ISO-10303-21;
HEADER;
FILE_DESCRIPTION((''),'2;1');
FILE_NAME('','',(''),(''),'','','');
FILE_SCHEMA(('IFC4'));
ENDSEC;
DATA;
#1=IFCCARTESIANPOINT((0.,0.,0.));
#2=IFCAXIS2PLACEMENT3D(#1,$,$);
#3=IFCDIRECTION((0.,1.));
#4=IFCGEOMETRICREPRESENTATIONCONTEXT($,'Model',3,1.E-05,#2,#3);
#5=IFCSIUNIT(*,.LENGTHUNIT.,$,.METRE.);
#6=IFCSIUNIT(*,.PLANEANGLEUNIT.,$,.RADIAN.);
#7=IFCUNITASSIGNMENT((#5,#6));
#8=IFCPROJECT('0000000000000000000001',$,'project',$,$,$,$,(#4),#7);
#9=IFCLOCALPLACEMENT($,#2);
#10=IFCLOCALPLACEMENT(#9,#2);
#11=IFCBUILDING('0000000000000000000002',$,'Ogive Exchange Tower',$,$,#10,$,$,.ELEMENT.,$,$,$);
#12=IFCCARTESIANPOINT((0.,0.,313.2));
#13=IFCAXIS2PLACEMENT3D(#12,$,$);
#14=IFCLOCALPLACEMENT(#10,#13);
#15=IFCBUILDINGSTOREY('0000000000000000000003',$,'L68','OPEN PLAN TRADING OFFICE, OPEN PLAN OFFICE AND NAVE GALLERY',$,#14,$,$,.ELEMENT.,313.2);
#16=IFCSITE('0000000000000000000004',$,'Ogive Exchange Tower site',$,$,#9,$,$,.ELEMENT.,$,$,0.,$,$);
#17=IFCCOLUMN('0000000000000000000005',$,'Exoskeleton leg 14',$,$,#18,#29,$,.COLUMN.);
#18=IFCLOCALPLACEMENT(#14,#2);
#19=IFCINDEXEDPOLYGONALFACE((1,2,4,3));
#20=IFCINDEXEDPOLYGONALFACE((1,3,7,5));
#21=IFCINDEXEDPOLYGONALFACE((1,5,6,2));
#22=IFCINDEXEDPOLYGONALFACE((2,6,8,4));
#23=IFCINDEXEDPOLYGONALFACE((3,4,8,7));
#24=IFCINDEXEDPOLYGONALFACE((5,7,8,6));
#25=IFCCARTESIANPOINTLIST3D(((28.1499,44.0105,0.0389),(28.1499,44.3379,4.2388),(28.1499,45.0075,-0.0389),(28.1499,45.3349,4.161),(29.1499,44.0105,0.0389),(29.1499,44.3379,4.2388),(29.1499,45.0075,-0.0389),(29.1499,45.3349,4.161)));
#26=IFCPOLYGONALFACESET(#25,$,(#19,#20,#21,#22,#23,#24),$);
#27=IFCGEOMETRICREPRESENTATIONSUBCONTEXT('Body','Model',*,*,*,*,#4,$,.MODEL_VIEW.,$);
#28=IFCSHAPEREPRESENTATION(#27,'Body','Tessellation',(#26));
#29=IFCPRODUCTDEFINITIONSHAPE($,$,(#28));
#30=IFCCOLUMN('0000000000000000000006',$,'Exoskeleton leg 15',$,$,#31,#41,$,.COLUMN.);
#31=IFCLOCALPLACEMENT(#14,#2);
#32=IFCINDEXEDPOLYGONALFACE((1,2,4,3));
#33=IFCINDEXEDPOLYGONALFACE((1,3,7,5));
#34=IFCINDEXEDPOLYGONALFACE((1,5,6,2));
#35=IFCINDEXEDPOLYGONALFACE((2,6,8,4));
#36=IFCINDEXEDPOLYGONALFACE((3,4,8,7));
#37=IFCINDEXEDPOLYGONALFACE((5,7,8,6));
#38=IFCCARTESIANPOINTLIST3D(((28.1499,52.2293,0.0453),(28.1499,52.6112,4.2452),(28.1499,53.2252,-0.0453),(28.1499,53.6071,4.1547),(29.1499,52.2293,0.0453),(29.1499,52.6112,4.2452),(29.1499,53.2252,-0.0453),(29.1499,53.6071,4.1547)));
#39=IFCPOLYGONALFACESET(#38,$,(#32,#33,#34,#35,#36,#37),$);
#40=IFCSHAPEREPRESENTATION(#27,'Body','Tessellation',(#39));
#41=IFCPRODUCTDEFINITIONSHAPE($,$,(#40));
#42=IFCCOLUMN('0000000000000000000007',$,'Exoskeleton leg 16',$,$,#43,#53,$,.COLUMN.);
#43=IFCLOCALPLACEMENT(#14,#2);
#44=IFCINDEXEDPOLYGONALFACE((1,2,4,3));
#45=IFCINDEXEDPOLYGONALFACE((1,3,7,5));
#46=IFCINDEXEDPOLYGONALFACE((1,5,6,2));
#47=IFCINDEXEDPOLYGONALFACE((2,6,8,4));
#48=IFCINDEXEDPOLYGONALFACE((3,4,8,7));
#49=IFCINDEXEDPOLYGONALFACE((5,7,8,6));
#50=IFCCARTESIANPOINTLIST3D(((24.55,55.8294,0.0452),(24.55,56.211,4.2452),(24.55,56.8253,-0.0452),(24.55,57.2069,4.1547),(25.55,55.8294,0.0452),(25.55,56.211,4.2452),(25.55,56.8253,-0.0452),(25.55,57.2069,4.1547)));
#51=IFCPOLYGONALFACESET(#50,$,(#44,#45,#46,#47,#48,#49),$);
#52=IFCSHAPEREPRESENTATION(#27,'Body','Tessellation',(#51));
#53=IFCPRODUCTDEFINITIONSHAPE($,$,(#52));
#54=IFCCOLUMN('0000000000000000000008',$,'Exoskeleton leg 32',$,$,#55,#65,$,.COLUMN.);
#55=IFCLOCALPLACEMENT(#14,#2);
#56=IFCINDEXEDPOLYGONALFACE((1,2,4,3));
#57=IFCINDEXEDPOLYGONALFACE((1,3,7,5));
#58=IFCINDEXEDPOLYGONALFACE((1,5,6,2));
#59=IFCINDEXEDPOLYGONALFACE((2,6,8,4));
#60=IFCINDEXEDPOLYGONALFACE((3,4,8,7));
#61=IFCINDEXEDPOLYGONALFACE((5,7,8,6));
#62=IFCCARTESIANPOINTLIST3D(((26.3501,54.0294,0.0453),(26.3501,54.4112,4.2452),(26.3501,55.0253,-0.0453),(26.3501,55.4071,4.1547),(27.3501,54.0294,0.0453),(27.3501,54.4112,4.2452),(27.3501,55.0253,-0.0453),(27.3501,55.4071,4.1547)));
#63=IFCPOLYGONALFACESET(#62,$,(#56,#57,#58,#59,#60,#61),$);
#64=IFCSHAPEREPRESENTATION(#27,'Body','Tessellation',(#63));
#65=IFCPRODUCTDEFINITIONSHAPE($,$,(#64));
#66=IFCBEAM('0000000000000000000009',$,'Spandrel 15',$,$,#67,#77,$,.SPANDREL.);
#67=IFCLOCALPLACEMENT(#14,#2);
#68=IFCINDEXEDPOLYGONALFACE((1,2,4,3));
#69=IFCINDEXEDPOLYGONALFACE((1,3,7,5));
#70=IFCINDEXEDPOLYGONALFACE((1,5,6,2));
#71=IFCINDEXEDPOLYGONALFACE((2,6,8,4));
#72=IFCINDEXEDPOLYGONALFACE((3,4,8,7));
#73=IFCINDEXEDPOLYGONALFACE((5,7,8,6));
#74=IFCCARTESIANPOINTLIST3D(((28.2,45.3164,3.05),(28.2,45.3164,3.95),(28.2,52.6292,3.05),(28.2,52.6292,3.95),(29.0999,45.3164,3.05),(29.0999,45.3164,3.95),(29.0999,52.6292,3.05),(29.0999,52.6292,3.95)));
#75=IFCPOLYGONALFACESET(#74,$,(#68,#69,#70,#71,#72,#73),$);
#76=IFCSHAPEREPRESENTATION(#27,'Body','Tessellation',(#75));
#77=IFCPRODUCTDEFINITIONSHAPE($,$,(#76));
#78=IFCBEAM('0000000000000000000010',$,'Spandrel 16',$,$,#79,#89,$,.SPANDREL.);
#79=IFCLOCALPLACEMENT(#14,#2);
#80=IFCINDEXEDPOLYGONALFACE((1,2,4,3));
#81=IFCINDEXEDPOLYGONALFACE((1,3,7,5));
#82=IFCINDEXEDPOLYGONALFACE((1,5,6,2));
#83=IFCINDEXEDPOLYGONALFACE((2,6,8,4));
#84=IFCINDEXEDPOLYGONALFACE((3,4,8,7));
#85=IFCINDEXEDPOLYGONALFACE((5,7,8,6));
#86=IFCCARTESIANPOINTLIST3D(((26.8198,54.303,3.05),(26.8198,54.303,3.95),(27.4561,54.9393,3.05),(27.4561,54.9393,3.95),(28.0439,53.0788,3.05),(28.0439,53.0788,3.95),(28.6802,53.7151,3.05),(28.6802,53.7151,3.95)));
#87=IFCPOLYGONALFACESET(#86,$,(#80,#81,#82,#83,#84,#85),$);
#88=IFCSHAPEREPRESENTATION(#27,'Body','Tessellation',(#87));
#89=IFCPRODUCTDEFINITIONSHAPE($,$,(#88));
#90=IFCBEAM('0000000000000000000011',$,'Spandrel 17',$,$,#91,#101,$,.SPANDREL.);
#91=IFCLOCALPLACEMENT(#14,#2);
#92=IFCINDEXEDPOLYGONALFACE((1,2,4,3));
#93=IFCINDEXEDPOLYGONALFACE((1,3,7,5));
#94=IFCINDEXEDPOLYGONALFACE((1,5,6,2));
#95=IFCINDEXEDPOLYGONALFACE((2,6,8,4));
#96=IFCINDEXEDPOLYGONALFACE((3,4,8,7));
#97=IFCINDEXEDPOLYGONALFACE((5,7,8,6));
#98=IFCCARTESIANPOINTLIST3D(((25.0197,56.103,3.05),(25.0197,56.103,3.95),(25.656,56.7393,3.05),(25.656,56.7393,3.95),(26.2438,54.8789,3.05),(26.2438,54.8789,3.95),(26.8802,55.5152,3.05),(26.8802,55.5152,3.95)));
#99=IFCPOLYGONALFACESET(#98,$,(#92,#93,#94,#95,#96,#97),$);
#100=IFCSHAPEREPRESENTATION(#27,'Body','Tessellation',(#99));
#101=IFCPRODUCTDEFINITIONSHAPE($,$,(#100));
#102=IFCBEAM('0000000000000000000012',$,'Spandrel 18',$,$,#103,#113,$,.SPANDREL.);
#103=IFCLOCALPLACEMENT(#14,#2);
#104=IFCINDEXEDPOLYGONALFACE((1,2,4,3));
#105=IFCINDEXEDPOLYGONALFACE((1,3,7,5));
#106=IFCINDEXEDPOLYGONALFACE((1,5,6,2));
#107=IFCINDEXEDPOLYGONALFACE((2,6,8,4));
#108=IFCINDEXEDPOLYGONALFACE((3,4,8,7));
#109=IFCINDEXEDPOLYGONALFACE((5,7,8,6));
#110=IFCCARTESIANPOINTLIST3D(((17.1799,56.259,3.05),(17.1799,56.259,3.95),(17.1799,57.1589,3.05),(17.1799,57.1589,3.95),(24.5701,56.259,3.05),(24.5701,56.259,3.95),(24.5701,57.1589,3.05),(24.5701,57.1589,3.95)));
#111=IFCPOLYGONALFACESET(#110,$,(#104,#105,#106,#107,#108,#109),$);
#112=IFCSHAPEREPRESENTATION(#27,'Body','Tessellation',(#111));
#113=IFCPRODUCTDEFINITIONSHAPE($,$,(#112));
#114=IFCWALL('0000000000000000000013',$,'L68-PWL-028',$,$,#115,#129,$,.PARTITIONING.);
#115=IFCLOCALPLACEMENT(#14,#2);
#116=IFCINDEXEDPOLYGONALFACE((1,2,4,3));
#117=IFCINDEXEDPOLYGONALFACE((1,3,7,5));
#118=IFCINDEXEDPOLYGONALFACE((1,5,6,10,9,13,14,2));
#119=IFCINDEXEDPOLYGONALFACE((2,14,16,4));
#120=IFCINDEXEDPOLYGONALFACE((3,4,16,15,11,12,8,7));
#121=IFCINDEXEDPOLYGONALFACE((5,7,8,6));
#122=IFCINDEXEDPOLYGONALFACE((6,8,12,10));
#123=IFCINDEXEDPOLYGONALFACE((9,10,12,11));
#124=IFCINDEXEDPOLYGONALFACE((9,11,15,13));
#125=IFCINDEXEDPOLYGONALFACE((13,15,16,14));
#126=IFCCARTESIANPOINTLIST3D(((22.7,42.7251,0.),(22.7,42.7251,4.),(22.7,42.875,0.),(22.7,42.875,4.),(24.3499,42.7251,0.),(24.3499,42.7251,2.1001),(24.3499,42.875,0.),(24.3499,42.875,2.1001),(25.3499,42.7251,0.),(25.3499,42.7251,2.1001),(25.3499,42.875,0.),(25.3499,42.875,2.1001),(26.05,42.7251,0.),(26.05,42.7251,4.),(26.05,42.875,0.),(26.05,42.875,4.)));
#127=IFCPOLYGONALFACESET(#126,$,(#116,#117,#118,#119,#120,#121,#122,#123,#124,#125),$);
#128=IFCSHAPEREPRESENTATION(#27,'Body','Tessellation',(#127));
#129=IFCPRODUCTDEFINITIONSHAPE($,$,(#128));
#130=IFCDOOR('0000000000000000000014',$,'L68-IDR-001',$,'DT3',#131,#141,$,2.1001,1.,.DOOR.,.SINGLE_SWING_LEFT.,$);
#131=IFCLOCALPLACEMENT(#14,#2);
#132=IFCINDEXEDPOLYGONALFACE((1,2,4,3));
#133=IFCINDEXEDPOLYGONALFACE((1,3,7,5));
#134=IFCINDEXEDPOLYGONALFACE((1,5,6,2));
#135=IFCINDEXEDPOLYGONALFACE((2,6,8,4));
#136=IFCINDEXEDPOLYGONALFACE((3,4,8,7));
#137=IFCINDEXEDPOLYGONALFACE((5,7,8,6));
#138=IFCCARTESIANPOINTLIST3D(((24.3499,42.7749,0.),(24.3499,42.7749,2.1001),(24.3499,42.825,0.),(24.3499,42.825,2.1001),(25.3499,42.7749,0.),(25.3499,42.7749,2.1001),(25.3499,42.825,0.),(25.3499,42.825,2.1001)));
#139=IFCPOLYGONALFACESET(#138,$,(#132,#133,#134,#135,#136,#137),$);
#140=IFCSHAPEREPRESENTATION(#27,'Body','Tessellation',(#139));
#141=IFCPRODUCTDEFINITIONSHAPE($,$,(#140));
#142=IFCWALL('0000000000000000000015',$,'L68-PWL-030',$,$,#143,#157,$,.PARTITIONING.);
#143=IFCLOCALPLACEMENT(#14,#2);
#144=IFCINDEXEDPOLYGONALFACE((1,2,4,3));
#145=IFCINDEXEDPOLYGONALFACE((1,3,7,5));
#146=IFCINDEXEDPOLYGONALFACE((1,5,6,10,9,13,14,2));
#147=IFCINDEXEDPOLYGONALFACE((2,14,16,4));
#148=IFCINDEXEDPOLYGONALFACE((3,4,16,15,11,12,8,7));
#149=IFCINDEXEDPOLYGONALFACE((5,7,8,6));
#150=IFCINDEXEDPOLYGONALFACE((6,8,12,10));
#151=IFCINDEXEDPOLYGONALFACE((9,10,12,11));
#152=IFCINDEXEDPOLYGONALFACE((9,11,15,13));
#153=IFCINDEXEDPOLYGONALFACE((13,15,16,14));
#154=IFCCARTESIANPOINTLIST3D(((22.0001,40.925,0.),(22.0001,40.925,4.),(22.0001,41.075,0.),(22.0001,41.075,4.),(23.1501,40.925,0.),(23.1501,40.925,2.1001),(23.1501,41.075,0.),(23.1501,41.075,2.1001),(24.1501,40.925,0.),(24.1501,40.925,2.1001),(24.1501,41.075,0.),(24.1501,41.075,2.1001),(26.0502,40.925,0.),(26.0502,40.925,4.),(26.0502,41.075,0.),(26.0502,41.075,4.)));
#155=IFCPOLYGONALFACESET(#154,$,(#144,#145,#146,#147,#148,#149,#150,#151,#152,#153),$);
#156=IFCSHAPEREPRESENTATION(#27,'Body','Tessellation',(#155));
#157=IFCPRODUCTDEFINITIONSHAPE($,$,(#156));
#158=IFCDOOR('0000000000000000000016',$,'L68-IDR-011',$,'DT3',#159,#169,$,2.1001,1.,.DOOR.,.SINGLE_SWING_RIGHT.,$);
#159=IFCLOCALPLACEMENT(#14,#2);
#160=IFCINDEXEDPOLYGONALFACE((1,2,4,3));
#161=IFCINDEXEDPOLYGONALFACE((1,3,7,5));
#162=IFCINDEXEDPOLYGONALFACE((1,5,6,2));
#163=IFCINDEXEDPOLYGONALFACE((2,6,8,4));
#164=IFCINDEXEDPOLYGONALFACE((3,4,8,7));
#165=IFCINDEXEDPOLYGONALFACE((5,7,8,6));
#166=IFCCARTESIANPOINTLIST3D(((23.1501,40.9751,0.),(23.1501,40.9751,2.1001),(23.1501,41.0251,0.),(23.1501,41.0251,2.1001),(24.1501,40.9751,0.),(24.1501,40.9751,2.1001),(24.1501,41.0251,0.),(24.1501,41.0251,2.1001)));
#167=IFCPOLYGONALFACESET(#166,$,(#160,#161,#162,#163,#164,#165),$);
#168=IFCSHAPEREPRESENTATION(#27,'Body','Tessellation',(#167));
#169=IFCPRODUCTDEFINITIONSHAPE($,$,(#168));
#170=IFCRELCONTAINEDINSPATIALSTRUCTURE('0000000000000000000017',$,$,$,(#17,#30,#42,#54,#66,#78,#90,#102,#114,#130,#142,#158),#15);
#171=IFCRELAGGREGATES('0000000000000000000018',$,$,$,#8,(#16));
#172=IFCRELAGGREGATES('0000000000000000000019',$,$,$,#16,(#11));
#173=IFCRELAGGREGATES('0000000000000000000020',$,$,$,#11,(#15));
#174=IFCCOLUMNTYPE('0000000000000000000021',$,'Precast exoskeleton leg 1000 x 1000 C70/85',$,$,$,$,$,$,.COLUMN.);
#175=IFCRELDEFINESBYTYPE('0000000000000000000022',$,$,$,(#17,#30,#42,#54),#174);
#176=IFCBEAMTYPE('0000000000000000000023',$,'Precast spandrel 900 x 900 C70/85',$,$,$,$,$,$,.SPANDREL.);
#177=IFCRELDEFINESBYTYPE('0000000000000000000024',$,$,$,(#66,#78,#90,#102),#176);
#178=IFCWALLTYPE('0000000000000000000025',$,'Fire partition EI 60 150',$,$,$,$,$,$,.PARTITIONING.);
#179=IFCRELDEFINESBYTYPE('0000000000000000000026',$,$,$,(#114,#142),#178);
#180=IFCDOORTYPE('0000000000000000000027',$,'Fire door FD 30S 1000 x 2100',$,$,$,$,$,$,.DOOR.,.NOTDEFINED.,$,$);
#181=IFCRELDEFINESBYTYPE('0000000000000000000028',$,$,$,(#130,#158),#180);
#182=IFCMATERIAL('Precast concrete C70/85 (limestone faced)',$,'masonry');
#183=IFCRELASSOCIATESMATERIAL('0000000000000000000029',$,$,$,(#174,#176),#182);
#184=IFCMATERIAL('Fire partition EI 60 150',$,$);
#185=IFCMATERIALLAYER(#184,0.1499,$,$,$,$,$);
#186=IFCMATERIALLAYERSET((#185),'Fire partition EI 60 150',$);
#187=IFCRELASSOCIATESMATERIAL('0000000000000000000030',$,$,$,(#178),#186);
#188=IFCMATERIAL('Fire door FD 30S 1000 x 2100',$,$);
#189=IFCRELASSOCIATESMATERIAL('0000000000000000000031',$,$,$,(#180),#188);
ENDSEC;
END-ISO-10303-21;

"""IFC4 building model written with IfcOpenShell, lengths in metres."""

from ifc_helpers import new_model, si_unit, direction, frame, frame_2d, origin, origin_2d, place, context, subcontext, project, spatial, rectangle, extrude, material, layer, layer_set, material_profile, profile_set, type_object, element, fill, save


model = new_model("IFC4")

# Units and contexts
model_context = context("Model", 3, precision=1e-05, world=origin(), true_north=direction((0.0, 1.0)))
body_context = subcontext(model_context, "Body", "Model", "MODEL_VIEW")
ifc_project = project(units=[si_unit("LENGTHUNIT", "METRE"), si_unit("PLANEANGLEUNIT", "RADIAN")], contexts=[model_context])

# Site, building, storey
site_placement = place(None, origin())
site = spatial("IfcSite", under=ifc_project, at=site_placement, Name="Ogive Exchange Tower site", CompositionType="ELEMENT", RefElevation=0.0)
building_placement = place(site_placement, origin())
building = spatial("IfcBuilding", under=site, at=building_placement, Name="Ogive Exchange Tower", CompositionType="ELEMENT")
storey_placement = place(building_placement, frame((0.0, 0.0, 313.2)))
storey = spatial("IfcBuildingStorey", under=building, at=storey_placement, Name="L68", Description="OPEN PLAN TRADING OFFICE, OPEN PLAN OFFICE AND NAVE GALLERY", CompositionType="ELEMENT", Elevation=313.2)

# Columns
ifc_material_1 = material(Name="Precast concrete C70/85 (limestone faced)", Category="masonry")
ifc_material_profile_1 = material_profile(ifc_material_1, rectangle(XDim=1.0, YDim=1.0, at=origin_2d()), Name="1000 x 1000")
ifc_profile_set_1 = profile_set([ifc_material_profile_1], Name="Precast concrete C70/85 (limestone faced)")
column_type = type_object("IfcColumnType", Name="Precast exoskeleton leg 1000 x 1000 C70/85", PredefinedType="COLUMN", material=ifc_profile_set_1)
column_placement = place(storey_placement, frame((28.6499, 44.509, 0.0), z_axis=(0.0, 0.077716, 0.996976), x_axis=(-1.0, 0.0, 0.0)))
element("IfcColumn", 1, at=column_placement, inside=storey, type_object=column_type, Name="Exoskeleton leg 14", PredefinedType="COLUMN", context=body_context, shape_type="SweptSolid", body=[
    extrude(rectangle(XDim=1.0, YDim=1.0, at=origin_2d()), origin(), (0.0, 0.0, 1.0), 4.2126),
])
for number, where, z_axis, x_axis, name in (
    (2, (28.6499, 52.7273, 0.0), (0.0, 0.090541, 0.995893), (-1.0, 0.0, 0.0), "Exoskeleton leg 15"),
    (3, (25.05, 56.3274, 0.0), (0.0, 0.090484, 0.995898), (-1.0, 0.0, 0.0), "Exoskeleton leg 16"),
    (4, (26.8501, 54.5273, 0.0), (0.0, 0.090541, 0.995893), (-1.0, 0.0, 0.0), "Exoskeleton leg 32"),
):
    element("IfcColumn", number, at=place(storey_placement, frame(where, z_axis=z_axis, x_axis=x_axis)), inside=storey, type_object=column_type, Name=name, PredefinedType="COLUMN", context=body_context, shape_type="SweptSolid", body=[
        extrude(rectangle(XDim=1.0, YDim=1.0, at=origin_2d()), origin(), (0.0, 0.0, 1.0), 4.2173),
    ])

# Beams
ifc_material_profile_2 = material_profile(ifc_material_1, rectangle(XDim=0.8999, YDim=0.8999, at=origin_2d()), Name="900 x 900")
ifc_profile_set_2 = profile_set([ifc_material_profile_2], Name="Precast concrete C70/85 (limestone faced)")
beam_type = type_object("IfcBeamType", Name="Precast spandrel 900 x 900 C70/85", PredefinedType="SPANDREL", material=ifc_profile_set_2)
beam_1_placement = place(storey_placement, frame((28.6499, 45.3164, 3.5), z_axis=(0.0, 1.0, 0.0), x_axis=(-1.0, 0.0, 0.0)))
element("IfcBeam", 5, at=beam_1_placement, inside=storey, type_object=beam_type, Name="Spandrel 15", PredefinedType="SPANDREL", context=body_context, shape_type="SweptSolid", body=[
    extrude(rectangle(XDim=0.8999, YDim=0.8999, at=origin_2d()), origin(), (0.0, 0.0, 1.0), 7.3127),
])
for number, where, z_axis, x_axis, name in (
    (6, (28.3621, 53.397, 3.5), (-0.707107, 0.707107, 0.0), (-0.707107, -0.707107, 0.0), "Spandrel 16"),
    (7, (26.562, 55.197, 3.5), (-0.707107, 0.707107, 0.0), (-0.707107, -0.707107, 0.0), "Spandrel 17"),
):
    element("IfcBeam", number, at=place(storey_placement, frame(where, z_axis=z_axis, x_axis=x_axis)), inside=storey, type_object=beam_type, Name=name, PredefinedType="SPANDREL", context=body_context, shape_type="SweptSolid", body=[
        extrude(rectangle(XDim=0.8999, YDim=0.8999, at=origin_2d()), origin(), (0.0, 0.0, 1.0), 1.7312),
    ])
beam_2_placement = place(storey_placement, frame((24.5701, 56.709, 3.5), z_axis=(-1.0, 0.0, 0.0), x_axis=(0.0, -1.0, 0.0)))
element("IfcBeam", 8, at=beam_2_placement, inside=storey, type_object=beam_type, Name="Spandrel 18", PredefinedType="SPANDREL", context=body_context, shape_type="SweptSolid", body=[
    extrude(rectangle(XDim=0.8999, YDim=0.8999, at=origin_2d()), origin(), (0.0, 0.0, 1.0), 7.3901),
])

# Walls, openings, doors
ifc_material_2 = material(Name="Fire partition EI 60 150")
ifc_layer_1 = layer(ifc_material_2, 0.1499)
ifc_layer_set_1 = layer_set([ifc_layer_1], Name="Fire partition EI 60 150")
wall_type_1 = type_object("IfcWallType", Name="Fire partition EI 60 150", PredefinedType="PARTITIONING", material=ifc_layer_set_1)
wall_1_placement = place(storey_placement, frame((22.7, 42.8, 0.0), z_axis=(0.0, 0.0, 1.0), x_axis=(1.0, 0.0, 0.0)))
wall_1 = element("IfcWall", 9, at=wall_1_placement, inside=storey, type_object=wall_type_1, Name="L68-PWL-028", PredefinedType="PARTITIONING", context=body_context, shape_type="SweptSolid", body=[
    extrude(rectangle(XDim=3.3501, YDim=0.1499, at=frame_2d((1.675, 0.0))), origin(), (0.0, 0.0, 1.0), 4.0),
])
opening_1_placement = place(wall_1_placement, frame((1.6499, 0.0, 0.0)))
opening_1 = element("IfcOpeningElement", 10, at=opening_1_placement, cuts=wall_1, PredefinedType="OPENING", context=body_context, shape_type="SweptSolid", body=[
    extrude(rectangle(XDim=1.0, YDim=2.1001, at=frame_2d((0.5, 1.05))), frame((0.0, 0.085, 0.0), z_axis=(0.0, -1.0, 0.0), x_axis=(1.0, 0.0, 0.0)), (0.0, 0.0, 1.0), 0.1699),
])
ifc_material_3 = material(Name="Fire door FD 30S 1000 x 2100")
door_type_1 = type_object("IfcDoorType", Name="Fire door FD 30S 1000 x 2100", OperationType="NOTDEFINED", PredefinedType="DOOR", material=ifc_material_3)
door_1_placement = place(opening_1_placement, origin())
door_1 = element("IfcDoor", 11, at=door_1_placement, inside=storey, type_object=door_type_1, Name="L68-IDR-001", ObjectType="DT3", OperationType="SINGLE_SWING_LEFT", OverallHeight=2.1001, OverallWidth=1.0, PredefinedType="DOOR", context=body_context, shape_type="SweptSolid", body=[
    extrude(rectangle(XDim=1.0, YDim=2.1001, at=frame_2d((0.5, 1.05))), frame((0.0, 0.0249, 0.0), z_axis=(0.0, -1.0, 0.0), x_axis=(1.0, 0.0, 0.0)), (0.0, 0.0, 1.0), 0.05),
])
fill(opening_1, door_1)
wall_2_placement = place(storey_placement, frame((26.05, 41.0, 0.0), z_axis=(0.0, 0.0, 1.0), x_axis=(-1.0, 0.0, 0.0)))
wall_2 = element("IfcWall", 12, at=wall_2_placement, inside=storey, type_object=wall_type_1, Name="L68-PWL-030", PredefinedType="PARTITIONING", context=body_context, shape_type="SweptSolid", body=[
    extrude(rectangle(XDim=4.05, YDim=0.1499, at=frame_2d((2.0249, 0.0))), origin(), (0.0, 0.0, 1.0), 4.0),
])
opening_2_placement = place(wall_2_placement, frame((1.8999, 0.0, 0.0)))
opening_2 = element("IfcOpeningElement", 13, at=opening_2_placement, cuts=wall_2, PredefinedType="OPENING", context=body_context, shape_type="SweptSolid", body=[
    extrude(rectangle(XDim=1.0, YDim=2.1001, at=frame_2d((0.5, 1.05))), frame((0.0, 0.085, 0.0), z_axis=(0.0, -1.0, 0.0), x_axis=(1.0, 0.0, 0.0)), (0.0, 0.0, 1.0), 0.1699),
])
door_2_placement = place(opening_2_placement, origin())
door_2 = element("IfcDoor", 14, at=door_2_placement, inside=storey, type_object=door_type_1, Name="L68-IDR-011", ObjectType="DT3", OperationType="SINGLE_SWING_RIGHT", OverallHeight=2.1001, OverallWidth=1.0, PredefinedType="DOOR", context=body_context, shape_type="SweptSolid", body=[
    extrude(rectangle(XDim=1.0, YDim=2.1001, at=frame_2d((0.5, 1.05))), frame((0.0, 0.0249, 0.0), z_axis=(0.0, -1.0, 0.0), x_axis=(1.0, 0.0, 0.0)), (0.0, 0.0, 1.0), 0.05),
])
fill(opening_2, door_2)

save(model, "model.ifc")
